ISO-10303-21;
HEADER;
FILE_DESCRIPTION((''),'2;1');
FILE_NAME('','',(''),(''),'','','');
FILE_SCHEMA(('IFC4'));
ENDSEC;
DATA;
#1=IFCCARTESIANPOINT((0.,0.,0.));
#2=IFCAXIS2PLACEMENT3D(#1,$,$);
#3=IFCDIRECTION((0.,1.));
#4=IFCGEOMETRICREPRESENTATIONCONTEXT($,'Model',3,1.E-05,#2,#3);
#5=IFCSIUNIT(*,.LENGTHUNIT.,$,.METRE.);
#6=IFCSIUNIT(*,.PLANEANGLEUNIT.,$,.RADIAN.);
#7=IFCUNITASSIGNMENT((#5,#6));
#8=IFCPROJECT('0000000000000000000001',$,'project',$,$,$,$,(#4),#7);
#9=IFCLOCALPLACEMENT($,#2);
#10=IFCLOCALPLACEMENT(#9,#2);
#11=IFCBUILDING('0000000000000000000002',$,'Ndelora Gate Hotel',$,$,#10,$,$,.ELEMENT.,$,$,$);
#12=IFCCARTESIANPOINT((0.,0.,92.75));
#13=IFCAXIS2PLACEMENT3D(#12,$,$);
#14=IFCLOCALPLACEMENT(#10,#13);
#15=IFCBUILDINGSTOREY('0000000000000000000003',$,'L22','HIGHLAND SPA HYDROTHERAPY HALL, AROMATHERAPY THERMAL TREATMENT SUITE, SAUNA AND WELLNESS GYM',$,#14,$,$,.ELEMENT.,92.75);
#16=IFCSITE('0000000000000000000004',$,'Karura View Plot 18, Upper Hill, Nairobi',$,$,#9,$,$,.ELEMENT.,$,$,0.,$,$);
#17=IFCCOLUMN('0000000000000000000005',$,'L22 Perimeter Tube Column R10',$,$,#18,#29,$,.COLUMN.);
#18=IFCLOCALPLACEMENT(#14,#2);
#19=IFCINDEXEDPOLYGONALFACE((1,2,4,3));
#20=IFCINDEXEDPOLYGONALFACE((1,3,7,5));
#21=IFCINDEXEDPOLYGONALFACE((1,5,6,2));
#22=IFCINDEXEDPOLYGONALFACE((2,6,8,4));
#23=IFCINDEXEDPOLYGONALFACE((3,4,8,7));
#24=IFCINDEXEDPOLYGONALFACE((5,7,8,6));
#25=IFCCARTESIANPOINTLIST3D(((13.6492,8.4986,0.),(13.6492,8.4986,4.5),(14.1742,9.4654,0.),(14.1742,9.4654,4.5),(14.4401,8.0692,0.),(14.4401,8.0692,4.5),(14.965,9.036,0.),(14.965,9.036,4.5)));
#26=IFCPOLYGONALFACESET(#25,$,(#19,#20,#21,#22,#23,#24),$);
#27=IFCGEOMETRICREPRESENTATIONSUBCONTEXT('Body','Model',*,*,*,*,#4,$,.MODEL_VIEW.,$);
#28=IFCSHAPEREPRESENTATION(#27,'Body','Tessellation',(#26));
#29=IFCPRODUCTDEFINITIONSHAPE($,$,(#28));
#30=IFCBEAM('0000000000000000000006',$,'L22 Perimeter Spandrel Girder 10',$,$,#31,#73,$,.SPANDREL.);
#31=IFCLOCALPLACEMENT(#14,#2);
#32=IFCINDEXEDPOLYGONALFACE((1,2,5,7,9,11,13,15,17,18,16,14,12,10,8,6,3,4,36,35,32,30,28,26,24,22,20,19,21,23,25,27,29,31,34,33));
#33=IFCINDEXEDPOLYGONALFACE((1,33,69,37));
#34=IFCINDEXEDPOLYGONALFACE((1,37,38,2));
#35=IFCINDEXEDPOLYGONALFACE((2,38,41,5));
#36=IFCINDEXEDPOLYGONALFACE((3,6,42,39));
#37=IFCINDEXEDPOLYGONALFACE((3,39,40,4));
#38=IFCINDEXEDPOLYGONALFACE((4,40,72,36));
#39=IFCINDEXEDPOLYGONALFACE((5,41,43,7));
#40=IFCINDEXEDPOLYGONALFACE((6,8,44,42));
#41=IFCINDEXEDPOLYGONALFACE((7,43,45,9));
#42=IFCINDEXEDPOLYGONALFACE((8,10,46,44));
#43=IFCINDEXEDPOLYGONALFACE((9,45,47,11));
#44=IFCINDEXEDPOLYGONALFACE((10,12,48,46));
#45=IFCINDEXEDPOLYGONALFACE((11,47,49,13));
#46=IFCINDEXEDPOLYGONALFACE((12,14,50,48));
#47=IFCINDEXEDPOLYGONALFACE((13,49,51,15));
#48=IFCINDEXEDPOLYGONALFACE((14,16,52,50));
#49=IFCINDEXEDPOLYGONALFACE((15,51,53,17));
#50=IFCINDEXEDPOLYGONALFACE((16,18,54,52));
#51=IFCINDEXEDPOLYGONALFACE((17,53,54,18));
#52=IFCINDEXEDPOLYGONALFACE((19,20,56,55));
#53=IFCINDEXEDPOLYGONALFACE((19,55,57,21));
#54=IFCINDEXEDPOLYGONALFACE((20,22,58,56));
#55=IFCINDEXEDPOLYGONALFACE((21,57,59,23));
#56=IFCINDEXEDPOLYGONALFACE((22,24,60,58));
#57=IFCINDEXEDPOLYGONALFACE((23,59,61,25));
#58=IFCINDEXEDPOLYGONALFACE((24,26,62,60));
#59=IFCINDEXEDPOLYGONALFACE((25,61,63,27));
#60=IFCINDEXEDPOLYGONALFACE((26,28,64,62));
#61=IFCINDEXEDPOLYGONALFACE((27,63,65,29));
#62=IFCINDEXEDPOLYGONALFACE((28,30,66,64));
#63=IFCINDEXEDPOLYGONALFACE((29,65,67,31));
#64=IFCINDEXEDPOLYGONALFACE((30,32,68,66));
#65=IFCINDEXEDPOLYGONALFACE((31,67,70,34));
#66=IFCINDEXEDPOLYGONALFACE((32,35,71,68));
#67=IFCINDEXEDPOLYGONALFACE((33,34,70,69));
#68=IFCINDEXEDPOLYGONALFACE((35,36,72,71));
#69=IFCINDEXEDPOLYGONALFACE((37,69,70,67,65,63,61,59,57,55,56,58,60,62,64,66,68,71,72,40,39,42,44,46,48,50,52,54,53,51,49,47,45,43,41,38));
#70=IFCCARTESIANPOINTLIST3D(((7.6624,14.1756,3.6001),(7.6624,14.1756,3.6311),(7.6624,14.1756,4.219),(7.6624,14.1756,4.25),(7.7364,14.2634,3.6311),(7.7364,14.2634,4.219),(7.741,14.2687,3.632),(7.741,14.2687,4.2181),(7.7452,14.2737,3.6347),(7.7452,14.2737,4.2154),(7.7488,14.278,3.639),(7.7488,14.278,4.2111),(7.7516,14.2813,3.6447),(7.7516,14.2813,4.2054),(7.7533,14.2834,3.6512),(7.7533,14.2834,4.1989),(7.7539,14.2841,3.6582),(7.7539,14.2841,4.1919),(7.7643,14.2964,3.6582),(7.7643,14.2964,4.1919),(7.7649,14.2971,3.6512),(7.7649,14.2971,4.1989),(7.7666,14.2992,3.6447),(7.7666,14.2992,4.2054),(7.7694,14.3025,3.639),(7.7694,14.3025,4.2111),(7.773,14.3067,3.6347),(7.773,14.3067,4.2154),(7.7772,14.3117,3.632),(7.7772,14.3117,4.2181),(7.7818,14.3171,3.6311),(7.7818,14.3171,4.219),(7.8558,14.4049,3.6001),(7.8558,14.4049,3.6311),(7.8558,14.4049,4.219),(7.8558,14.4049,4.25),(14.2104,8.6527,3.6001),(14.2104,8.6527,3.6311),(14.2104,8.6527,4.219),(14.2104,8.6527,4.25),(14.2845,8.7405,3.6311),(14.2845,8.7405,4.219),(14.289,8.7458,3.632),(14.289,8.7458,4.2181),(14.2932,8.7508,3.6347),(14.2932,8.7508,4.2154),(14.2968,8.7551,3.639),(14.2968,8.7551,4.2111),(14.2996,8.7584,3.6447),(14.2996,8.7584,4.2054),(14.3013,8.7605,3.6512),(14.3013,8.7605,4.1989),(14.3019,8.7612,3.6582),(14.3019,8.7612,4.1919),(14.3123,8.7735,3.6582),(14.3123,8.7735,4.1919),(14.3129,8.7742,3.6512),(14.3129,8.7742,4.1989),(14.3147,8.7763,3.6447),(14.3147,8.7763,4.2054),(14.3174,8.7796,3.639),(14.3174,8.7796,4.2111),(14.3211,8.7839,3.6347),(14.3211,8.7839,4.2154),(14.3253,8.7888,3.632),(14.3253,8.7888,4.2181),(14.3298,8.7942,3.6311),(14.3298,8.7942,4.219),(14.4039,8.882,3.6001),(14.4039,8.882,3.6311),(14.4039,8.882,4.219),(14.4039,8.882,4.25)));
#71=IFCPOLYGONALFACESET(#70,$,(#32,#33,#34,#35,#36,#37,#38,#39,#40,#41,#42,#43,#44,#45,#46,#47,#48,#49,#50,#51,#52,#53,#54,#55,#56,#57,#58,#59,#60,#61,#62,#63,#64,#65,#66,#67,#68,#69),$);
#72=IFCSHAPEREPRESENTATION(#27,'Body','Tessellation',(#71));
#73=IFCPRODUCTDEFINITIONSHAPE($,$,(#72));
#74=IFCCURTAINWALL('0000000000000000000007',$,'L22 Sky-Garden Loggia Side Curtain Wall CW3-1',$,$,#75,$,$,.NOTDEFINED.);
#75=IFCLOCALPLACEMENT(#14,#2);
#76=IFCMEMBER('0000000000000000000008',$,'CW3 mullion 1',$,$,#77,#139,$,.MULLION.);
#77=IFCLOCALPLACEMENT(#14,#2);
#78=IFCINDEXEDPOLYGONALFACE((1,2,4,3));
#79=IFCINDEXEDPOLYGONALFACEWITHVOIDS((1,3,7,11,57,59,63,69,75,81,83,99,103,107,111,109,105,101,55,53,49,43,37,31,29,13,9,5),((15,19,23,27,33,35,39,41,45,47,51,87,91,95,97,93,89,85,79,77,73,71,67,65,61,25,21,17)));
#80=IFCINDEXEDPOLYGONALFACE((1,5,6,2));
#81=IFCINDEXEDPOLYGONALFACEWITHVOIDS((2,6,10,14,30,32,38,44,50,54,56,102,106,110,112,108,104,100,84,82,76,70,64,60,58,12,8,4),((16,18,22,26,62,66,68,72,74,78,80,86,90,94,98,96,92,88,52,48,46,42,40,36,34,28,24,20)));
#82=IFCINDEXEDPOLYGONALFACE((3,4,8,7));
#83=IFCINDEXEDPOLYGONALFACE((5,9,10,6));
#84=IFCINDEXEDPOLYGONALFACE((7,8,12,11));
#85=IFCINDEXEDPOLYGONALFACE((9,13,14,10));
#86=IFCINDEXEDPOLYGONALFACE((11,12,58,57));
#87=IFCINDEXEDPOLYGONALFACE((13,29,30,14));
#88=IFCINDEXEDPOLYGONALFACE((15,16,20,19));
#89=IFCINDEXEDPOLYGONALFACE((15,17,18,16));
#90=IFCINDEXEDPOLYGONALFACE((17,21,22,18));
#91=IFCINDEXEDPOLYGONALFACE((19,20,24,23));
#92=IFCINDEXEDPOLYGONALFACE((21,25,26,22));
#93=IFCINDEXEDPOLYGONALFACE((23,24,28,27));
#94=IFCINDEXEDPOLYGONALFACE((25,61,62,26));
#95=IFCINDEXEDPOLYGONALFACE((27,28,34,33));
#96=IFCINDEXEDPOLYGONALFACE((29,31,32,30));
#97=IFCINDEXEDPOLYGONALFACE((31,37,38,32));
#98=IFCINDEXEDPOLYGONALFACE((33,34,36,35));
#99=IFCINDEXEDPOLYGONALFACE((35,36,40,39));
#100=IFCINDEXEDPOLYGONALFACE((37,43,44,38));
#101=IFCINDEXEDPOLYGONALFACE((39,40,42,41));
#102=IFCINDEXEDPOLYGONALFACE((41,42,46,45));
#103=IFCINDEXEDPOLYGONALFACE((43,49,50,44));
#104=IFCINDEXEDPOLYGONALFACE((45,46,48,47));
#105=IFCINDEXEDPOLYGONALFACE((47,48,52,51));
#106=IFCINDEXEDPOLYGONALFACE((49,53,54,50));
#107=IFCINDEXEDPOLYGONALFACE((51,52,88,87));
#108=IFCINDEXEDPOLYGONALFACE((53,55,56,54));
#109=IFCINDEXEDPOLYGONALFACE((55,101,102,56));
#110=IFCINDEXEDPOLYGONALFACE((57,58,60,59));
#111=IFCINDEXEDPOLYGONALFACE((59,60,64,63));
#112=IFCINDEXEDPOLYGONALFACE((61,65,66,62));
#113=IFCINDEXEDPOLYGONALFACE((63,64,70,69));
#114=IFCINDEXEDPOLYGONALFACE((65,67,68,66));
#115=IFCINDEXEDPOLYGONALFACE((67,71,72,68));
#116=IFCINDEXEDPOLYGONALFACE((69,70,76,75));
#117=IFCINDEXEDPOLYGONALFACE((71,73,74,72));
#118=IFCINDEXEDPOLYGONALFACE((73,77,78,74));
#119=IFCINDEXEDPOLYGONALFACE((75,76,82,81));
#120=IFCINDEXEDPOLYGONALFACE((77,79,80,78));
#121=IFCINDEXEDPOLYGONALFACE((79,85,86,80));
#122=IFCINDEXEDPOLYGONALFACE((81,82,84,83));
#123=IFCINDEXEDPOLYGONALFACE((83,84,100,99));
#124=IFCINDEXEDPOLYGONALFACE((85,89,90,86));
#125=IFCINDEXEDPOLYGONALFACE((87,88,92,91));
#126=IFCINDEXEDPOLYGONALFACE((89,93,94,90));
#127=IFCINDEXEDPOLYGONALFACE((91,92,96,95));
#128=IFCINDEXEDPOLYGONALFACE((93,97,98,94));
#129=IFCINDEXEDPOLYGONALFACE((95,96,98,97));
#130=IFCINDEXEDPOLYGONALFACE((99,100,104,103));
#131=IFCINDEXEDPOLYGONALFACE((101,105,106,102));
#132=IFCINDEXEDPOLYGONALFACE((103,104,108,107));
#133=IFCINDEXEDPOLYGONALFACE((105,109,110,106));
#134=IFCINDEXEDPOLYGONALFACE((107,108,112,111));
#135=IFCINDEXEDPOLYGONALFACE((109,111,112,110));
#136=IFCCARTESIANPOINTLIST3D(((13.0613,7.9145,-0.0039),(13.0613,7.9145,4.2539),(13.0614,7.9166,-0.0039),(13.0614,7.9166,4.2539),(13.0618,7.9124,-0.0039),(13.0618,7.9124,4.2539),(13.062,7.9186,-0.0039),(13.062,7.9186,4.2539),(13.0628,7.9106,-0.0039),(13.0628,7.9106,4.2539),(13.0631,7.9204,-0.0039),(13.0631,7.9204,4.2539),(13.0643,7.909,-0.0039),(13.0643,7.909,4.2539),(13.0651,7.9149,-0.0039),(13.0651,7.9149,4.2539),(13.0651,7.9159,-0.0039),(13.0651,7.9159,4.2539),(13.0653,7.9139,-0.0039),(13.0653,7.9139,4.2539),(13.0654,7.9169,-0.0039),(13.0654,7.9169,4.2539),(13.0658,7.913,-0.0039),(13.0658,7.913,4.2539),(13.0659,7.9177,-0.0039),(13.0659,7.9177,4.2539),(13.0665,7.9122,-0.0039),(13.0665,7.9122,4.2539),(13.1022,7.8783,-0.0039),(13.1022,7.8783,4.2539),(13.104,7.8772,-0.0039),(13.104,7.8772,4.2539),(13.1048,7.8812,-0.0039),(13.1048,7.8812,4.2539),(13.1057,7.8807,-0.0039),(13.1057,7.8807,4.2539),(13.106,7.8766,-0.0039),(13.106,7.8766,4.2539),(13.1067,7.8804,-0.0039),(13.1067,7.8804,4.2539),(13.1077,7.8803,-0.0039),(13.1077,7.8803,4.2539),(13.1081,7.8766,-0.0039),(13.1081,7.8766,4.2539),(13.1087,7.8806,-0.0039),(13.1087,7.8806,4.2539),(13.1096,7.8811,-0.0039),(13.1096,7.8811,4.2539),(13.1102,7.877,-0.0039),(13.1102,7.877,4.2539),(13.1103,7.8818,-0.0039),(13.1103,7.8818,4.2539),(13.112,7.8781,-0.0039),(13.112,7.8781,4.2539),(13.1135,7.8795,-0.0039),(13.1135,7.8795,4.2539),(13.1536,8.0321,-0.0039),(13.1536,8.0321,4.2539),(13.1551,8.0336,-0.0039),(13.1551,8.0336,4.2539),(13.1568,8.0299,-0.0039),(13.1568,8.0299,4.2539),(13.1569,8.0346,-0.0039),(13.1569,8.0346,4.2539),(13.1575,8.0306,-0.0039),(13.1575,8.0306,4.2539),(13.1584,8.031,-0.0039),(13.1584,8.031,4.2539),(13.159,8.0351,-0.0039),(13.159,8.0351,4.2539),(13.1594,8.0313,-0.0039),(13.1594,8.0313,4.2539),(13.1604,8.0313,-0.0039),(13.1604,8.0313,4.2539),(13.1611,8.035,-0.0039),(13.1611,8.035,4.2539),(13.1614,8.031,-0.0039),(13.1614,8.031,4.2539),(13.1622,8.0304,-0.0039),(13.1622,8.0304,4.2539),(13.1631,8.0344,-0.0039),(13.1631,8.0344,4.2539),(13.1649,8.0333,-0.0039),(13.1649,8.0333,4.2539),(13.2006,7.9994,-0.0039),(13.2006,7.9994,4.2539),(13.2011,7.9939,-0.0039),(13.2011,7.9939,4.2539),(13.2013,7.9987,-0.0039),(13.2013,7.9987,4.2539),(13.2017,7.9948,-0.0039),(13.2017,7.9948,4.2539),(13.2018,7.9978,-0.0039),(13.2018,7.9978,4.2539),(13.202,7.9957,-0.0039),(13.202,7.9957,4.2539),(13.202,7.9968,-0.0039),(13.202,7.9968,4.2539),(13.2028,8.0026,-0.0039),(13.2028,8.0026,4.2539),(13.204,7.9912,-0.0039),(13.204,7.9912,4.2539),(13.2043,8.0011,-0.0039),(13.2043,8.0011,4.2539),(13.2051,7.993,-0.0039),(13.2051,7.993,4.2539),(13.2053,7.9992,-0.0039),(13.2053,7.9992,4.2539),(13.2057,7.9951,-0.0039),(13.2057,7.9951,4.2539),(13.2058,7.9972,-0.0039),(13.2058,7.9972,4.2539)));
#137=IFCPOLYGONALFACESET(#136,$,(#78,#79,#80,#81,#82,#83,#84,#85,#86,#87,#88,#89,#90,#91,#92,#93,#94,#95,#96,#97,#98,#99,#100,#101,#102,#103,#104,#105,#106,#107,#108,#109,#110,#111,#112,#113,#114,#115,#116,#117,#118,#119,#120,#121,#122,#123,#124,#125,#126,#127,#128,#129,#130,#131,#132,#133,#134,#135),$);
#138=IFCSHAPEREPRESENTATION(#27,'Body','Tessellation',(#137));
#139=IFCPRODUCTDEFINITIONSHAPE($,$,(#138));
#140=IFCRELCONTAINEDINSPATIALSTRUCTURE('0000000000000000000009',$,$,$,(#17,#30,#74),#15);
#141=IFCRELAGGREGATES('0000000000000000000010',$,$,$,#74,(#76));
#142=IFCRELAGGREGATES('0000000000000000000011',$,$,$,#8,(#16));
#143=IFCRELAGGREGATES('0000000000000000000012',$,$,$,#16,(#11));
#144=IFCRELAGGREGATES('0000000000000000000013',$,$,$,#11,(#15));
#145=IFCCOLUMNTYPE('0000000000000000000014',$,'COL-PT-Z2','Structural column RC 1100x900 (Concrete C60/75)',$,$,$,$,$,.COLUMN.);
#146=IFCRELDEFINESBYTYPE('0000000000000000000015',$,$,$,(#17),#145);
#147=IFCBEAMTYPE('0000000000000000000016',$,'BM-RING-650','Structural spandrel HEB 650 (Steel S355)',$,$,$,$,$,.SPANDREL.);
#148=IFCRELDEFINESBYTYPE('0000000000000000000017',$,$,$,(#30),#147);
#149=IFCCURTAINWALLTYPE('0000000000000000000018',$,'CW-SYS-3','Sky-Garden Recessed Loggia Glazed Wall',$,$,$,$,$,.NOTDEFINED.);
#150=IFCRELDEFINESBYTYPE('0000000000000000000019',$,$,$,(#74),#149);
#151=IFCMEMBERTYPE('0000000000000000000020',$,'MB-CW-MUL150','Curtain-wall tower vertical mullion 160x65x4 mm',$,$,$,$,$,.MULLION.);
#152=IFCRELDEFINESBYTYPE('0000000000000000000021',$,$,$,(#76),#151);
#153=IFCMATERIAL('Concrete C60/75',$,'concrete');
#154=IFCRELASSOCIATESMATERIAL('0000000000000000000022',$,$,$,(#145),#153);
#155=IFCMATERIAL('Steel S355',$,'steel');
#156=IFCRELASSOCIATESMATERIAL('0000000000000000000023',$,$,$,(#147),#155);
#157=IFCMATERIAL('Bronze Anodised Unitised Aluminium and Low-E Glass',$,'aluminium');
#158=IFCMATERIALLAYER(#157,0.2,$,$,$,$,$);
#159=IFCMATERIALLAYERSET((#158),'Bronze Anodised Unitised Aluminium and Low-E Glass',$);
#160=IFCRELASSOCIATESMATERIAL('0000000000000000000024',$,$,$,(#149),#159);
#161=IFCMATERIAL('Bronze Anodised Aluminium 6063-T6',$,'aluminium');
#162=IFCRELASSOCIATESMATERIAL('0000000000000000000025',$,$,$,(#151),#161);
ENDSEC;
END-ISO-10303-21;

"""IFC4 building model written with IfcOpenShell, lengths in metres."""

from ifc_helpers import new_model, si_unit, direction, frame, origin, origin_2d, place, context, subcontext, project, spatial, rectangle, hollow_rectangle, i_section, extrude, material, layer, layer_set, material_profile, profile_set, type_object, element, aggregate, save


model = new_model("IFC4")

# Units and contexts
model_context = context("Model", 3, precision=1e-05, world=origin(), true_north=direction((0.0, 1.0)))
body_context = subcontext(model_context, "Body", "Model", "MODEL_VIEW")
ifc_project = project(units=[si_unit("LENGTHUNIT", "METRE"), si_unit("PLANEANGLEUNIT", "RADIAN")], contexts=[model_context])

# Site, building, storey
site_placement = place(None, origin())
site = spatial("IfcSite", under=ifc_project, at=site_placement, Name="Karura View Plot 18, Upper Hill, Nairobi", CompositionType="ELEMENT", RefElevation=0.0)
building_placement = place(site_placement, origin())
building = spatial("IfcBuilding", under=site, at=building_placement, Name="Ndelora Gate Hotel", CompositionType="ELEMENT")
storey_placement = place(building_placement, frame((0.0, 0.0, 92.75)))
storey = spatial("IfcBuildingStorey", under=building, at=storey_placement, Name="L22", Description="HIGHLAND SPA HYDROTHERAPY HALL, AROMATHERAPY THERMAL TREATMENT SUITE, SAUNA AND WELLNESS GYM", CompositionType="ELEMENT", Elevation=92.75)

# Column
ifc_material_1 = material(Name="Concrete C60/75", Category="concrete")
ifc_material_profile_1 = material_profile(ifc_material_1, rectangle(XDim=0.8999, YDim=1.1001, at=origin_2d()), Name="RC 1100x900")
ifc_profile_set_1 = profile_set([ifc_material_profile_1], Name="Concrete C60/75")
column_type = type_object("IfcColumnType", Name="COL-PT-Z2", Description="Structural column RC 1100x900 (Concrete C60/75)", PredefinedType="COLUMN", material=ifc_profile_set_1)
column_placement = place(storey_placement, frame((14.3071, 8.7673, 0.0), z_axis=(0.0, 0.0, 1.0), x_axis=(-0.878817, 0.477159, 0.0)))
element("IfcColumn", 1, at=column_placement, inside=storey, type_object=column_type, Name="L22 Perimeter Tube Column R10", PredefinedType="COLUMN", context=body_context, shape_type="SweptSolid", body=[
    extrude(rectangle(XDim=0.8999, YDim=1.1001, at=origin_2d()), origin(), (0.0, 0.0, 1.0), 4.5),
])

# Beam
ifc_material_2 = material(Name="Steel S355", Category="steel")
ifc_material_profile_2 = material_profile(ifc_material_2, i_section(OverallWidth=0.3, OverallDepth=0.6499, WebThickness=0.0161, FlangeThickness=0.031, FilletRadius=0.0271, at=origin_2d()), Name="HEB 650")
ifc_profile_set_2 = profile_set([ifc_material_profile_2], Name="Steel S355")
beam_type = type_object("IfcBeamType", Name="BM-RING-650", Description="Structural spandrel HEB 650 (Steel S355)", PredefinedType="SPANDREL", material=ifc_profile_set_2)
beam_placement = place(storey_placement, frame((14.3071, 8.7673, 3.925), z_axis=(-0.764407, 0.644734, 0.0), x_axis=(-0.644734, -0.764407, 0.0)))
element("IfcBeam", 2, at=beam_placement, inside=storey, type_object=beam_type, Name="L22 Perimeter Spandrel Girder 10", PredefinedType="SPANDREL", context=body_context, shape_type="SweptSolid", body=[
    extrude(i_section(OverallWidth=0.3, OverallDepth=0.6499, WebThickness=0.0161, FlangeThickness=0.031, FilletRadius=0.0271, at=origin_2d()), origin(), (0.0, 0.0, 1.0), 8.5662),
])

# Curtain wall, member
ifc_material_3 = material(Name="Bronze Anodised Unitised Aluminium and Low-E Glass", Category="aluminium")
ifc_layer_1 = layer(ifc_material_3, 0.2)
ifc_layer_set_1 = layer_set([ifc_layer_1], Name="Bronze Anodised Unitised Aluminium and Low-E Glass")
curtain_wall_type = type_object("IfcCurtainWallType", Name="CW-SYS-3", Description="Sky-Garden Recessed Loggia Glazed Wall", PredefinedType="NOTDEFINED", material=ifc_layer_set_1)
curtain_wall_placement = place(storey_placement, origin())
curtain_wall = element("IfcCurtainWall", 3, at=curtain_wall_placement, inside=storey, type_object=curtain_wall_type, Name="L22 Sky-Garden Loggia Side Curtain Wall CW3-1", PredefinedType="NOTDEFINED")
ifc_material_4 = material(Name="Bronze Anodised Aluminium 6063-T6", Category="aluminium")
ifc_material_profile_3 = material_profile(ifc_material_4, hollow_rectangle(XDim=0.0649, YDim=0.1599, WallThickness=0.0039, InnerFilletRadius=0.0039, OuterFilletRadius=0.0081, at=origin_2d()), Name="ALU 160x65x4")
ifc_profile_set_3 = profile_set([ifc_material_profile_3], Name="Bronze Anodised Aluminium 6063-T6")
member_type_1 = type_object("IfcMemberType", Name="MB-CW-MUL150", Description="Curtain-wall tower vertical mullion 160x65x4 mm", PredefinedType="MULLION", material=ifc_profile_set_3)
member_1_placement = place(storey_placement, frame((13.1335, 7.9558, -0.0039), z_axis=(0.0, 0.0, 1.0), x_axis=(-0.777117, 0.629356, 0.0)))
member_1 = element("IfcMember", 4, at=member_1_placement, type_object=member_type_1, Name="CW3 mullion 1", PredefinedType="MULLION", context=body_context, shape_type="SweptSolid", body=[
    extrude(hollow_rectangle(XDim=0.0649, YDim=0.1599, WallThickness=0.0039, InnerFilletRadius=0.0039, OuterFilletRadius=0.0081, at=origin_2d()), origin(), (0.0, 0.0, 1.0), 4.2578),
])
aggregate(curtain_wall, [member_1])

save(model, "model.ifc")
